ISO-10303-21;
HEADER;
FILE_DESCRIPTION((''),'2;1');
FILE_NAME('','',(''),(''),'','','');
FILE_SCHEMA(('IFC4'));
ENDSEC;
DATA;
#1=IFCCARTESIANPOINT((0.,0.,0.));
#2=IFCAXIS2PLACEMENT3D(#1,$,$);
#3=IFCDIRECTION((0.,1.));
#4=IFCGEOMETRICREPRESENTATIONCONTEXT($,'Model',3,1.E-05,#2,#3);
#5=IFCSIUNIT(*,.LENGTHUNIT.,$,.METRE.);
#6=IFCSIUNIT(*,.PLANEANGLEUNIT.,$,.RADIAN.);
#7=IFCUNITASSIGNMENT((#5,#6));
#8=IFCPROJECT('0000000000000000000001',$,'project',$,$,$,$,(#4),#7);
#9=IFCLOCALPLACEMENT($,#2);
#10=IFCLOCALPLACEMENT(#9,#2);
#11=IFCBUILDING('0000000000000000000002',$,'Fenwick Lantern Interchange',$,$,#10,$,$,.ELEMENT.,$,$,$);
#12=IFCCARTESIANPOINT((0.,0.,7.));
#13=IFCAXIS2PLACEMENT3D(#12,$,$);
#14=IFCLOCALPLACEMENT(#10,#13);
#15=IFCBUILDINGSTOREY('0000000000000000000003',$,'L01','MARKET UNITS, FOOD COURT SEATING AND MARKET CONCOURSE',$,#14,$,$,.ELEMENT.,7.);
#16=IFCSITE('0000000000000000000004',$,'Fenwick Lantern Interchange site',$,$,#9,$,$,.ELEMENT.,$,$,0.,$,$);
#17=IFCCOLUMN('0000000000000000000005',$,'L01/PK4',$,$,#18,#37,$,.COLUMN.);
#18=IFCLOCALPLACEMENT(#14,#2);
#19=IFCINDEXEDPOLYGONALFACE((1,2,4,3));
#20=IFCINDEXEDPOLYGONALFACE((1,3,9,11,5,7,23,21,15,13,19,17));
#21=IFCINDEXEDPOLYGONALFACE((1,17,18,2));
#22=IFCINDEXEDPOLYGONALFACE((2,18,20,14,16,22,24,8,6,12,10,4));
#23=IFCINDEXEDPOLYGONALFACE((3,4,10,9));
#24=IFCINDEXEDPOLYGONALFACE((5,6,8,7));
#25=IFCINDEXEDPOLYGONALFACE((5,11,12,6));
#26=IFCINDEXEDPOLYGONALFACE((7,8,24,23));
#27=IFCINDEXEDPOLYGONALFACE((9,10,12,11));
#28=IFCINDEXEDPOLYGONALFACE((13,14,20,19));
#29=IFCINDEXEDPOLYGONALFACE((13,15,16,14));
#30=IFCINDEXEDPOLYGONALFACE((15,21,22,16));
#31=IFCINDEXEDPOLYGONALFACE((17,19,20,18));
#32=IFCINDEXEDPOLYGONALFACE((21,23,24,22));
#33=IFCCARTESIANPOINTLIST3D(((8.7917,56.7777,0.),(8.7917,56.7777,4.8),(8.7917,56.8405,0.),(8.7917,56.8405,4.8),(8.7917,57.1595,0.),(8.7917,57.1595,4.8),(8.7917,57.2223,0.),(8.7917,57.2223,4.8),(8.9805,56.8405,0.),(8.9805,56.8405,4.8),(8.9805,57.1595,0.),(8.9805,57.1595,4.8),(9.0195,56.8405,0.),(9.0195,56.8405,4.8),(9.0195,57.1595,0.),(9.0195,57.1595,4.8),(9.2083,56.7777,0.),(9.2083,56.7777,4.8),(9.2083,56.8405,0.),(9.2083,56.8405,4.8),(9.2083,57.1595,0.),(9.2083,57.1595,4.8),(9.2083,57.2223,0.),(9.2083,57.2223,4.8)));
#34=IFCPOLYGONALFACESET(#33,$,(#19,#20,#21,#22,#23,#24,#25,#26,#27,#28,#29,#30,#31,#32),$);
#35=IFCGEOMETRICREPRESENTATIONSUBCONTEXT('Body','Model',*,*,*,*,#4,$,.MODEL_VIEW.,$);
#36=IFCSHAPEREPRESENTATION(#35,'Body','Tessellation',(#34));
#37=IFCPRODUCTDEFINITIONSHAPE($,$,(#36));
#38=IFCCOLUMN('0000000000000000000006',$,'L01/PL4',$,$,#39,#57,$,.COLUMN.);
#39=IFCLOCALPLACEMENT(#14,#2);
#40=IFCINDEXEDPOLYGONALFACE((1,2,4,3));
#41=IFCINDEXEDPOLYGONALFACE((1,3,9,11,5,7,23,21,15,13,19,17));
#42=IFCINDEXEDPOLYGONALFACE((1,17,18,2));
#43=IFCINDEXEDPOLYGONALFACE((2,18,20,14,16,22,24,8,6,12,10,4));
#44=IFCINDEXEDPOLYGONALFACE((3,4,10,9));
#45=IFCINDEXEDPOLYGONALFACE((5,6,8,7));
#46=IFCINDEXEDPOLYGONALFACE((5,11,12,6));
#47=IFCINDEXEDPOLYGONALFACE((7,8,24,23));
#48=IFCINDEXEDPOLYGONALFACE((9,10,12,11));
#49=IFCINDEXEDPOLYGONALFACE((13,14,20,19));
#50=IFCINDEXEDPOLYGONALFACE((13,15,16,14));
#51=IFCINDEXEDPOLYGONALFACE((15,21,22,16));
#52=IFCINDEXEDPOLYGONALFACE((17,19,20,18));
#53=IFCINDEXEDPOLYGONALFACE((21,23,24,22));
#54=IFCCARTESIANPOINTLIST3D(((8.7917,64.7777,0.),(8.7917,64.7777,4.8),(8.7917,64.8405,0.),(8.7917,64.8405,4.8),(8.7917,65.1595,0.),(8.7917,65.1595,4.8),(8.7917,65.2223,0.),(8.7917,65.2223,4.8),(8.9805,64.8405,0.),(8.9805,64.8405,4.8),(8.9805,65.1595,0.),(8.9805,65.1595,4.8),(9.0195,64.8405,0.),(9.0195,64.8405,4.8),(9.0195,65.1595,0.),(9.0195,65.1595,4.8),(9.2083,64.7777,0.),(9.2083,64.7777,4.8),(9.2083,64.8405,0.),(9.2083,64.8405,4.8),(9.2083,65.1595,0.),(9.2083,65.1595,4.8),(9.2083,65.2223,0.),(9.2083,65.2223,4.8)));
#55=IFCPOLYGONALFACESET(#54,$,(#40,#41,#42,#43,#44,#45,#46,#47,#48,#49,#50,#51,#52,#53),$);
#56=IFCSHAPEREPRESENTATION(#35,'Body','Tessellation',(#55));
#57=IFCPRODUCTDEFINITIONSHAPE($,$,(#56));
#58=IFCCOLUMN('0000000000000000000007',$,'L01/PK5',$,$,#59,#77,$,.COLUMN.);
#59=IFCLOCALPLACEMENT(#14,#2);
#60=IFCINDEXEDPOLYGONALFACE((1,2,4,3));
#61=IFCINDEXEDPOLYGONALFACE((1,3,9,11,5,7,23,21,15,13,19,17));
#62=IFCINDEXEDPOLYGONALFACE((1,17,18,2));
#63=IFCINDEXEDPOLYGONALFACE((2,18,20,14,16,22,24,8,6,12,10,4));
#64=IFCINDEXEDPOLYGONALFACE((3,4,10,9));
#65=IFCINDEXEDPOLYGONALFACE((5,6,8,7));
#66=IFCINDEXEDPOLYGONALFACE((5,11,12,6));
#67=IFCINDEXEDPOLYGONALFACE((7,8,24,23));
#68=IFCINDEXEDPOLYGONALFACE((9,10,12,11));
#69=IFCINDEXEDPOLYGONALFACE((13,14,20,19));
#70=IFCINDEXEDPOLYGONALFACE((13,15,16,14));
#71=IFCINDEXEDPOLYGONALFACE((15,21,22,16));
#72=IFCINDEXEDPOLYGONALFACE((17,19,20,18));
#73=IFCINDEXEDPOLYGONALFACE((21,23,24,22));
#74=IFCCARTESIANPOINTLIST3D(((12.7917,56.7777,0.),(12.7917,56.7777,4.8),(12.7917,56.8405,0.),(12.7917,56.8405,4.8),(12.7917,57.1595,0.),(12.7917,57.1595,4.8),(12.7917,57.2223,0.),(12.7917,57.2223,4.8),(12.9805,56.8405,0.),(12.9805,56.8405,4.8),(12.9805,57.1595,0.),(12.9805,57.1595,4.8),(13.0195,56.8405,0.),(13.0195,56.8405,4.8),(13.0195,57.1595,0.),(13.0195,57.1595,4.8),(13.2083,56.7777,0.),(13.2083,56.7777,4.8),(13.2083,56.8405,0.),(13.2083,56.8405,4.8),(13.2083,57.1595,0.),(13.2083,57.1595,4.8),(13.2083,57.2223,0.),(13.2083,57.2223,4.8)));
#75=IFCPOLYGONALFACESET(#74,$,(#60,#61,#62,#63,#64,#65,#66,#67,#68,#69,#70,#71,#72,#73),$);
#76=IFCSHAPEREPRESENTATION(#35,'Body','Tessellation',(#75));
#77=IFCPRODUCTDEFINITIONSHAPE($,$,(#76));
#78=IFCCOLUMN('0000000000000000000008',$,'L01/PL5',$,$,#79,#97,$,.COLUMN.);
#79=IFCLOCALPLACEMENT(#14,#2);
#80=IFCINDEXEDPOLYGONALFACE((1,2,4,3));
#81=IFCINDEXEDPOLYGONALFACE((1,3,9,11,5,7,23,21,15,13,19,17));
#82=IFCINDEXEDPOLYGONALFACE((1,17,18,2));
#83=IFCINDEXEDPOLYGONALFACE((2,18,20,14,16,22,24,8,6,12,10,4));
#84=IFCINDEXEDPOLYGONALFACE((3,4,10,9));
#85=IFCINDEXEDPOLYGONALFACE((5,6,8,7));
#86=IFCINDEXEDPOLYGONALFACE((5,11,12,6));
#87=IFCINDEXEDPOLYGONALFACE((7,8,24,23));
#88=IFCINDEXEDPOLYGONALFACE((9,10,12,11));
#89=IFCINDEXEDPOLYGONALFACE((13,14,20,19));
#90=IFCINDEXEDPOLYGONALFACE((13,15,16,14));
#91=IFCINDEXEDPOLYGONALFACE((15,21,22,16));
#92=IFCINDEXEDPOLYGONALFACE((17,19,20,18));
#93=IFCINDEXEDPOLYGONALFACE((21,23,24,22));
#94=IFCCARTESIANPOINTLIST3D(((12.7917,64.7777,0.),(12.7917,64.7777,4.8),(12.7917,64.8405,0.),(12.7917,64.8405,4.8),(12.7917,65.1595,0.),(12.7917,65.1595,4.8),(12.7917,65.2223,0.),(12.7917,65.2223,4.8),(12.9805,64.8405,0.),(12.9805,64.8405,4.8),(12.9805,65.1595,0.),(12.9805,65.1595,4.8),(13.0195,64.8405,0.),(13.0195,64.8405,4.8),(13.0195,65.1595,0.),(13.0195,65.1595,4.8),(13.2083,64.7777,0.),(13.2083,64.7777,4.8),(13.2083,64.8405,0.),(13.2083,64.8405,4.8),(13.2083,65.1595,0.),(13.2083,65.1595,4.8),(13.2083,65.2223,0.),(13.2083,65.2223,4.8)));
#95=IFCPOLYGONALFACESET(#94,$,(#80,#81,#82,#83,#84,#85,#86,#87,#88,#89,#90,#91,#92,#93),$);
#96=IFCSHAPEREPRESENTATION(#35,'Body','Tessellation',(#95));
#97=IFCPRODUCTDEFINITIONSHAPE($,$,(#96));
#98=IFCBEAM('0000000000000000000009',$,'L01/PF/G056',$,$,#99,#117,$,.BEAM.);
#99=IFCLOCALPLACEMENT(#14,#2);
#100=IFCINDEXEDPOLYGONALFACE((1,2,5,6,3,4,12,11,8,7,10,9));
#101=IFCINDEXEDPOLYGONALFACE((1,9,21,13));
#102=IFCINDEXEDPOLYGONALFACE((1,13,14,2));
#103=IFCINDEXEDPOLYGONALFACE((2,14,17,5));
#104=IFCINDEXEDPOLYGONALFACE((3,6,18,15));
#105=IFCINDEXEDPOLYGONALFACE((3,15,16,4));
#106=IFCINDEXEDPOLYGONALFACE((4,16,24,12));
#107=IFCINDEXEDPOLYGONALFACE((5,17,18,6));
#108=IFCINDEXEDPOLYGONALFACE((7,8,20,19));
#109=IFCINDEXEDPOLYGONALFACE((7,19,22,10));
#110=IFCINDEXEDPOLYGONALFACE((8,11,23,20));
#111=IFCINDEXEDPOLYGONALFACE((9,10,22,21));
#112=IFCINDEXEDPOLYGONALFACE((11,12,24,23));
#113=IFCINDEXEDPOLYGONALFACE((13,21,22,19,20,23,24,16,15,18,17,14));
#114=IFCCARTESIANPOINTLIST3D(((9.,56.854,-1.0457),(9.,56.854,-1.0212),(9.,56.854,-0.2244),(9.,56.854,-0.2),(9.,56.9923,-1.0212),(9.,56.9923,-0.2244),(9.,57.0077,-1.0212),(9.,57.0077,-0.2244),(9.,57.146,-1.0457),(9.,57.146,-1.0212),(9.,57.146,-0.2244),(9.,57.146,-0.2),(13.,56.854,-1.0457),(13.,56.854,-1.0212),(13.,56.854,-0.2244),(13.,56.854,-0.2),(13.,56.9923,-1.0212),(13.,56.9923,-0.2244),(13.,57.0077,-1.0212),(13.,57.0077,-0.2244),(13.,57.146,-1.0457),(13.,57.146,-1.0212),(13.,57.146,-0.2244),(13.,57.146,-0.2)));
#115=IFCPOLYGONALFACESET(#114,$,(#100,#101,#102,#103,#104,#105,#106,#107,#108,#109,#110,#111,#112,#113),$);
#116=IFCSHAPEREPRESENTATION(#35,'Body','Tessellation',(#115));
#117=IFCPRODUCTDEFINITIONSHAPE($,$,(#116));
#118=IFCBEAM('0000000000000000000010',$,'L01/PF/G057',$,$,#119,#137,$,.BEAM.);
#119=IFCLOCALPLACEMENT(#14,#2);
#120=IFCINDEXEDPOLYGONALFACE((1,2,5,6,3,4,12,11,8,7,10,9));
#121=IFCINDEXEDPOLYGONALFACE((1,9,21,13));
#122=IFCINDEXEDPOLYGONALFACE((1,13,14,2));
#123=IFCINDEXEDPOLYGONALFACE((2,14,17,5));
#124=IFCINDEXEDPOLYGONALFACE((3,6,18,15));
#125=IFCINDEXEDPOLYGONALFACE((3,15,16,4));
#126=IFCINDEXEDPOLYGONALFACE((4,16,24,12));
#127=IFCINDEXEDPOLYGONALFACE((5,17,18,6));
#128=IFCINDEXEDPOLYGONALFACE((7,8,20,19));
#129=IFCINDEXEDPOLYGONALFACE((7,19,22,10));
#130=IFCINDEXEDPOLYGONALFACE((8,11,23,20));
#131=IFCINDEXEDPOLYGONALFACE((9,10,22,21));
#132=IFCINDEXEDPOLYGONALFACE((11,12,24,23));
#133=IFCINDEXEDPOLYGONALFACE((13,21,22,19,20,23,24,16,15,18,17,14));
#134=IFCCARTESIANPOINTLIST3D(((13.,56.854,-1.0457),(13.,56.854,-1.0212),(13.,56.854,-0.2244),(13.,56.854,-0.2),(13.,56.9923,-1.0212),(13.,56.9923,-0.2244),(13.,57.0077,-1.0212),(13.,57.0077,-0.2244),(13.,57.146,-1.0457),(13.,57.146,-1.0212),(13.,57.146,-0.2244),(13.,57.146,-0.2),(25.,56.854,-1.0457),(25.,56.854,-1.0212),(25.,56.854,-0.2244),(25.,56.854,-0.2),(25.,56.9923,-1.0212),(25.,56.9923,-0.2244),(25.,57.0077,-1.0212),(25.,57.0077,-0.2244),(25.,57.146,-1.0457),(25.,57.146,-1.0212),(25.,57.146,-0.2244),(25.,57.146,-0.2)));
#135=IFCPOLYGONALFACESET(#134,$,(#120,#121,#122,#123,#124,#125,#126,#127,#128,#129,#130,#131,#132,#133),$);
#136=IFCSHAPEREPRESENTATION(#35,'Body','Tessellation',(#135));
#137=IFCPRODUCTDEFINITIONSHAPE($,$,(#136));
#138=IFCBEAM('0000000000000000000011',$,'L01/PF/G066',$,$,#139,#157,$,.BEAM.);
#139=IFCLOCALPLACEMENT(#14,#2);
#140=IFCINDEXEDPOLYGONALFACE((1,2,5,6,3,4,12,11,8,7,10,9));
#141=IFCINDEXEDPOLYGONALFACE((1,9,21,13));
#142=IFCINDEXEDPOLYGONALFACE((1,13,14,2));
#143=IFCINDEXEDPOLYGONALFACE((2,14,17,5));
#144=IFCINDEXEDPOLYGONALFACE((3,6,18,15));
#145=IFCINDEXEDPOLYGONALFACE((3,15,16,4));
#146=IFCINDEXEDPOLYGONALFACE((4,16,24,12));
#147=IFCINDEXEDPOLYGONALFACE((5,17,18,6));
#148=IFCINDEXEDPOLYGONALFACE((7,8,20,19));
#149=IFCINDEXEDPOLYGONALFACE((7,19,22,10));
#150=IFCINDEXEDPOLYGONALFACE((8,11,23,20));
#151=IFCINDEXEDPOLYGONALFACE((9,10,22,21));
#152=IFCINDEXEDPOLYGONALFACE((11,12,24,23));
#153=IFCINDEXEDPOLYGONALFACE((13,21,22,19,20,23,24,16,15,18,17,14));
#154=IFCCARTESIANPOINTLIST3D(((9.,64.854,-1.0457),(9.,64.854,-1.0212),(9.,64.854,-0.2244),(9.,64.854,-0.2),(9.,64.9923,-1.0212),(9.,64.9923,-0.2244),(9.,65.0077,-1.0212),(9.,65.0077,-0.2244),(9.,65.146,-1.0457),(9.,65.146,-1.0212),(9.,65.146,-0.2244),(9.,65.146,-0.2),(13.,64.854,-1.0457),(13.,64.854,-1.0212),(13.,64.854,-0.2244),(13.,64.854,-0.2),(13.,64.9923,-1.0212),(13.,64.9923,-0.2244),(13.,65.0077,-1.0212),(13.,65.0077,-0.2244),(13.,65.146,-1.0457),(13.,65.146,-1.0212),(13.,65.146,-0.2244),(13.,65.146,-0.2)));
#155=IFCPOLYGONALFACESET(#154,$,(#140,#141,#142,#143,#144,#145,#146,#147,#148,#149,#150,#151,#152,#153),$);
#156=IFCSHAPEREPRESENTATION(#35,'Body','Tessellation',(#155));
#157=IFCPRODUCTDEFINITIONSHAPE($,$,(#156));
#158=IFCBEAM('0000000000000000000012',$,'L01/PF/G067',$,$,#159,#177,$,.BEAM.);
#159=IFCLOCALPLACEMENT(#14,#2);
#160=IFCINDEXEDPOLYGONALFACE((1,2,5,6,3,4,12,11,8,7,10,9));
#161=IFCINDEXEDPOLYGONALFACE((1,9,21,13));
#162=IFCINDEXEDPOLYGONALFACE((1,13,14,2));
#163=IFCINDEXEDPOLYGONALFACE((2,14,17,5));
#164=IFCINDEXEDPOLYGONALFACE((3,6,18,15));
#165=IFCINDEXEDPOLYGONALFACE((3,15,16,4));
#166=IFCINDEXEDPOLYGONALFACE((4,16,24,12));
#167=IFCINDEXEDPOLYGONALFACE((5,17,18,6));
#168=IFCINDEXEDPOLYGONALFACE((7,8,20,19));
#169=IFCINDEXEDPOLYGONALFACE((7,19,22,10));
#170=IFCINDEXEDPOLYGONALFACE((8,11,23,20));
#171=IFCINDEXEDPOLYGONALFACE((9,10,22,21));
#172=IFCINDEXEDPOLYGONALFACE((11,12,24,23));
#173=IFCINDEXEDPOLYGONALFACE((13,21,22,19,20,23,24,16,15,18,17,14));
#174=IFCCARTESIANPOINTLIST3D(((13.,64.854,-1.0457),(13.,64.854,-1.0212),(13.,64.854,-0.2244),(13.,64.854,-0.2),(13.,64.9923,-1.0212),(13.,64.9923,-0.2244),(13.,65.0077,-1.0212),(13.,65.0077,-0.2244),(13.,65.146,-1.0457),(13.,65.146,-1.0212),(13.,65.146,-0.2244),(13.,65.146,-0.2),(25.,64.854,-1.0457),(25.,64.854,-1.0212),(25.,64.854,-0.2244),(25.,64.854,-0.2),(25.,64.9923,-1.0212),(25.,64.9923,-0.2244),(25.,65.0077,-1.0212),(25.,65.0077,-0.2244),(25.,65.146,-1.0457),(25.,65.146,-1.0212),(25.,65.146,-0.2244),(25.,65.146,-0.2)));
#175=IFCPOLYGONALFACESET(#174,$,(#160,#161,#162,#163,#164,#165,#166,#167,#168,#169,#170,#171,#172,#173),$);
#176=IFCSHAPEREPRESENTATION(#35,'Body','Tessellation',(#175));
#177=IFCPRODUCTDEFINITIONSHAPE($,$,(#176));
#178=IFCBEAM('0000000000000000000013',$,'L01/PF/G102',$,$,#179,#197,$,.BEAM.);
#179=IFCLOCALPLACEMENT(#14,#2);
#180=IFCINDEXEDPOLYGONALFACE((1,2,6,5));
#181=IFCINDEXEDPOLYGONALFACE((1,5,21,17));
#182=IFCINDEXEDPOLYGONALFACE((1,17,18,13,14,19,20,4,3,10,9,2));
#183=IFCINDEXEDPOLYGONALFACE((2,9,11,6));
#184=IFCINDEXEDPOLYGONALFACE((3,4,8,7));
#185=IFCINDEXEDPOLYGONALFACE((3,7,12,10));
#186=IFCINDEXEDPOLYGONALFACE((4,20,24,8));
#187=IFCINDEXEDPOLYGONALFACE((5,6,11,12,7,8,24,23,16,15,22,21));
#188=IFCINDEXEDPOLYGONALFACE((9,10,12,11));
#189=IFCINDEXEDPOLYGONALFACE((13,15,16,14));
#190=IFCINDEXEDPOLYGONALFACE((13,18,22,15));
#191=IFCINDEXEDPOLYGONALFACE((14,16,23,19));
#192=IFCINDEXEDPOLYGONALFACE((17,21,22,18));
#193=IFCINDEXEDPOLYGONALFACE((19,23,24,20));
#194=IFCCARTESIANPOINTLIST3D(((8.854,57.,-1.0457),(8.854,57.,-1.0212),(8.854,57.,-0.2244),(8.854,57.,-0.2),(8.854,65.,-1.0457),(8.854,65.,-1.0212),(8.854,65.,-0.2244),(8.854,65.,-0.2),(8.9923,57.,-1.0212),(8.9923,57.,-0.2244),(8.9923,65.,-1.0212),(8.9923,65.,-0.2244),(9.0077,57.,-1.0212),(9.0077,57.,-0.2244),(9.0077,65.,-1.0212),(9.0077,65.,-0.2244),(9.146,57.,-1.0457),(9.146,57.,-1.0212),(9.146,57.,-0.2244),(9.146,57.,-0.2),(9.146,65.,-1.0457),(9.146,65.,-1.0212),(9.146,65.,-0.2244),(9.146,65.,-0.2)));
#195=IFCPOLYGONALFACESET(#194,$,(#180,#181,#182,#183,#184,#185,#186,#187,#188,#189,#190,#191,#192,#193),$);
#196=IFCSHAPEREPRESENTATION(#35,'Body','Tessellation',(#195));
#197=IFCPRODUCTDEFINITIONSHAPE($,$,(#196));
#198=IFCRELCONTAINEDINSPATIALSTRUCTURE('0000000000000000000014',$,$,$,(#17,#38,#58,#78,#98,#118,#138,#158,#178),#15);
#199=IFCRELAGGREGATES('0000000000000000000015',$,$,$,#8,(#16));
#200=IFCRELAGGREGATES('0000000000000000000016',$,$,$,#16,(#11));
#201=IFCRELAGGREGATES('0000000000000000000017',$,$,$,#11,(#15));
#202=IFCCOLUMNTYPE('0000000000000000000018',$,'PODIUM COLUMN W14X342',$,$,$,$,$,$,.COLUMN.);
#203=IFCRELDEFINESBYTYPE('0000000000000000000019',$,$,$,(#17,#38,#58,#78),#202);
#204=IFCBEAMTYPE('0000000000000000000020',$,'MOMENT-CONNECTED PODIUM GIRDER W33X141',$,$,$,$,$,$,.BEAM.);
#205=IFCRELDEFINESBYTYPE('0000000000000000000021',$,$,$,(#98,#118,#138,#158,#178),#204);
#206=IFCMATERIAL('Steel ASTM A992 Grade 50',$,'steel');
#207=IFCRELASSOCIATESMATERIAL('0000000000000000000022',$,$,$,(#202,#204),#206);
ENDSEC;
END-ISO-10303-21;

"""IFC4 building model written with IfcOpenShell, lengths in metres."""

from ifc_helpers import new_model, si_unit, direction, frame, origin, origin_2d, place, context, subcontext, project, spatial, i_section, extrude, material, material_profile, profile_set, type_object, element, save


model = new_model("IFC4")

# Units and contexts
model_context = context("Model", 3, precision=1e-05, world=origin(), true_north=direction((0.0, 1.0)))
body_context = subcontext(model_context, "Body", "Model", "MODEL_VIEW")
ifc_project = project(units=[si_unit("LENGTHUNIT", "METRE"), si_unit("PLANEANGLEUNIT", "RADIAN")], contexts=[model_context])

# Site, building, storey
site_placement = place(None, origin())
site = spatial("IfcSite", under=ifc_project, at=site_placement, Name="Fenwick Lantern Interchange site", CompositionType="ELEMENT", RefElevation=0.0)
building_placement = place(site_placement, origin())
building = spatial("IfcBuilding", under=site, at=building_placement, Name="Fenwick Lantern Interchange", CompositionType="ELEMENT")
storey_placement = place(building_placement, frame((0.0, 0.0, 7.0)))
storey = spatial("IfcBuildingStorey", under=building, at=storey_placement, Name="L01", Description="MARKET UNITS, FOOD COURT SEATING AND MARKET CONCOURSE", CompositionType="ELEMENT", Elevation=7.0)

# Columns
ifc_material_1 = material(Name="Steel ASTM A992 Grade 50", Category="steel")
ifc_material_profile_1 = material_profile(ifc_material_1, i_section(OverallWidth=0.4165, OverallDepth=0.4446, WebThickness=0.0391, FlangeThickness=0.0627, at=origin_2d()), Name="W14X342")
ifc_profile_set_1 = profile_set([ifc_material_profile_1], Name="Steel ASTM A992 Grade 50")
column_type = type_object("IfcColumnType", Name="PODIUM COLUMN W14X342", PredefinedType="COLUMN", material=ifc_profile_set_1)
for number, where, z_axis, x_axis, name in (
    (1, (9.0, 57.0, 0.0), (0.0, 0.0, 1.0), (1.0, 0.0, 0.0), "L01/PK4"),
    (2, (9.0, 65.0, 0.0), (0.0, 0.0, 1.0), (1.0, 0.0, 0.0), "L01/PL4"),
    (3, (13.0, 57.0, 0.0), (0.0, 0.0, 1.0), (1.0, 0.0, 0.0), "L01/PK5"),
    (4, (13.0, 65.0, 0.0), (0.0, 0.0, 1.0), (1.0, 0.0, 0.0), "L01/PL5"),
):
    element("IfcColumn", number, at=place(storey_placement, frame(where, z_axis=z_axis, x_axis=x_axis)), inside=storey, type_object=column_type, Name=name, PredefinedType="COLUMN", context=body_context, shape_type="SweptSolid", body=[
        extrude(i_section(OverallWidth=0.4165, OverallDepth=0.4446, WebThickness=0.0391, FlangeThickness=0.0627, at=origin_2d()), origin(), (0.0, 0.0, 1.0), 4.8),
    ])

# Beams
ifc_material_profile_2 = material_profile(ifc_material_1, i_section(OverallWidth=0.292, OverallDepth=0.8457, WebThickness=0.0154, FlangeThickness=0.0244, at=origin_2d()), Name="W33X141")
ifc_profile_set_2 = profile_set([ifc_material_profile_2], Name="Steel ASTM A992 Grade 50")
beam_type_1 = type_object("IfcBeamType", Name="MOMENT-CONNECTED PODIUM GIRDER W33X141", PredefinedType="BEAM", material=ifc_profile_set_2)
beam_1_placement = place(storey_placement, frame((9.0, 57.0, -0.6228), z_axis=(1.0, 0.0, 0.0), x_axis=(0.0, 1.0, 0.0)))
element("IfcBeam", 5, at=beam_1_placement, inside=storey, type_object=beam_type_1, Name="L01/PF/G056", PredefinedType="BEAM", context=body_context, shape_type="SweptSolid", body=[
    extrude(i_section(OverallWidth=0.292, OverallDepth=0.8457, WebThickness=0.0154, FlangeThickness=0.0244, at=origin_2d()), origin(), (0.0, 0.0, 1.0), 4.0),
])
beam_2_placement = place(storey_placement, frame((13.0, 57.0, -0.6228), z_axis=(1.0, 0.0, 0.0), x_axis=(0.0, 1.0, 0.0)))
element("IfcBeam", 6, at=beam_2_placement, inside=storey, type_object=beam_type_1, Name="L01/PF/G057", PredefinedType="BEAM", context=body_context, shape_type="SweptSolid", body=[
    extrude(i_section(OverallWidth=0.292, OverallDepth=0.8457, WebThickness=0.0154, FlangeThickness=0.0244, at=origin_2d()), origin(), (0.0, 0.0, 1.0), 12.0),
])
beam_3_placement = place(storey_placement, frame((9.0, 65.0, -0.6228), z_axis=(1.0, 0.0, 0.0), x_axis=(0.0, 1.0, 0.0)))
element("IfcBeam", 7, at=beam_3_placement, inside=storey, type_object=beam_type_1, Name="L01/PF/G066", PredefinedType="BEAM", context=body_context, shape_type="SweptSolid", body=[
    extrude(i_section(OverallWidth=0.292, OverallDepth=0.8457, WebThickness=0.0154, FlangeThickness=0.0244, at=origin_2d()), origin(), (0.0, 0.0, 1.0), 4.0),
])
beam_4_placement = place(storey_placement, frame((13.0, 65.0, -0.6228), z_axis=(1.0, 0.0, 0.0), x_axis=(0.0, 1.0, 0.0)))
element("IfcBeam", 8, at=beam_4_placement, inside=storey, type_object=beam_type_1, Name="L01/PF/G067", PredefinedType="BEAM", context=body_context, shape_type="SweptSolid", body=[
    extrude(i_section(OverallWidth=0.292, OverallDepth=0.8457, WebThickness=0.0154, FlangeThickness=0.0244, at=origin_2d()), origin(), (0.0, 0.0, 1.0), 12.0),
])
for number, where, z_axis, x_axis, name in (
    (9, (9.0, 57.0, -0.6228), (0.0, 1.0, 0.0), (-1.0, 0.0, 0.0), "L01/PF/G102"),
):
    element("IfcBeam", number, at=place(storey_placement, frame(where, z_axis=z_axis, x_axis=x_axis)), inside=storey, type_object=beam_type_1, Name=name, PredefinedType="BEAM", context=body_context, shape_type="SweptSolid", body=[
        extrude(i_section(OverallWidth=0.292, OverallDepth=0.8457, WebThickness=0.0154, FlangeThickness=0.0244, at=origin_2d()), origin(), (0.0, 0.0, 1.0), 8.0),
    ])

save(model, "model.ifc")
